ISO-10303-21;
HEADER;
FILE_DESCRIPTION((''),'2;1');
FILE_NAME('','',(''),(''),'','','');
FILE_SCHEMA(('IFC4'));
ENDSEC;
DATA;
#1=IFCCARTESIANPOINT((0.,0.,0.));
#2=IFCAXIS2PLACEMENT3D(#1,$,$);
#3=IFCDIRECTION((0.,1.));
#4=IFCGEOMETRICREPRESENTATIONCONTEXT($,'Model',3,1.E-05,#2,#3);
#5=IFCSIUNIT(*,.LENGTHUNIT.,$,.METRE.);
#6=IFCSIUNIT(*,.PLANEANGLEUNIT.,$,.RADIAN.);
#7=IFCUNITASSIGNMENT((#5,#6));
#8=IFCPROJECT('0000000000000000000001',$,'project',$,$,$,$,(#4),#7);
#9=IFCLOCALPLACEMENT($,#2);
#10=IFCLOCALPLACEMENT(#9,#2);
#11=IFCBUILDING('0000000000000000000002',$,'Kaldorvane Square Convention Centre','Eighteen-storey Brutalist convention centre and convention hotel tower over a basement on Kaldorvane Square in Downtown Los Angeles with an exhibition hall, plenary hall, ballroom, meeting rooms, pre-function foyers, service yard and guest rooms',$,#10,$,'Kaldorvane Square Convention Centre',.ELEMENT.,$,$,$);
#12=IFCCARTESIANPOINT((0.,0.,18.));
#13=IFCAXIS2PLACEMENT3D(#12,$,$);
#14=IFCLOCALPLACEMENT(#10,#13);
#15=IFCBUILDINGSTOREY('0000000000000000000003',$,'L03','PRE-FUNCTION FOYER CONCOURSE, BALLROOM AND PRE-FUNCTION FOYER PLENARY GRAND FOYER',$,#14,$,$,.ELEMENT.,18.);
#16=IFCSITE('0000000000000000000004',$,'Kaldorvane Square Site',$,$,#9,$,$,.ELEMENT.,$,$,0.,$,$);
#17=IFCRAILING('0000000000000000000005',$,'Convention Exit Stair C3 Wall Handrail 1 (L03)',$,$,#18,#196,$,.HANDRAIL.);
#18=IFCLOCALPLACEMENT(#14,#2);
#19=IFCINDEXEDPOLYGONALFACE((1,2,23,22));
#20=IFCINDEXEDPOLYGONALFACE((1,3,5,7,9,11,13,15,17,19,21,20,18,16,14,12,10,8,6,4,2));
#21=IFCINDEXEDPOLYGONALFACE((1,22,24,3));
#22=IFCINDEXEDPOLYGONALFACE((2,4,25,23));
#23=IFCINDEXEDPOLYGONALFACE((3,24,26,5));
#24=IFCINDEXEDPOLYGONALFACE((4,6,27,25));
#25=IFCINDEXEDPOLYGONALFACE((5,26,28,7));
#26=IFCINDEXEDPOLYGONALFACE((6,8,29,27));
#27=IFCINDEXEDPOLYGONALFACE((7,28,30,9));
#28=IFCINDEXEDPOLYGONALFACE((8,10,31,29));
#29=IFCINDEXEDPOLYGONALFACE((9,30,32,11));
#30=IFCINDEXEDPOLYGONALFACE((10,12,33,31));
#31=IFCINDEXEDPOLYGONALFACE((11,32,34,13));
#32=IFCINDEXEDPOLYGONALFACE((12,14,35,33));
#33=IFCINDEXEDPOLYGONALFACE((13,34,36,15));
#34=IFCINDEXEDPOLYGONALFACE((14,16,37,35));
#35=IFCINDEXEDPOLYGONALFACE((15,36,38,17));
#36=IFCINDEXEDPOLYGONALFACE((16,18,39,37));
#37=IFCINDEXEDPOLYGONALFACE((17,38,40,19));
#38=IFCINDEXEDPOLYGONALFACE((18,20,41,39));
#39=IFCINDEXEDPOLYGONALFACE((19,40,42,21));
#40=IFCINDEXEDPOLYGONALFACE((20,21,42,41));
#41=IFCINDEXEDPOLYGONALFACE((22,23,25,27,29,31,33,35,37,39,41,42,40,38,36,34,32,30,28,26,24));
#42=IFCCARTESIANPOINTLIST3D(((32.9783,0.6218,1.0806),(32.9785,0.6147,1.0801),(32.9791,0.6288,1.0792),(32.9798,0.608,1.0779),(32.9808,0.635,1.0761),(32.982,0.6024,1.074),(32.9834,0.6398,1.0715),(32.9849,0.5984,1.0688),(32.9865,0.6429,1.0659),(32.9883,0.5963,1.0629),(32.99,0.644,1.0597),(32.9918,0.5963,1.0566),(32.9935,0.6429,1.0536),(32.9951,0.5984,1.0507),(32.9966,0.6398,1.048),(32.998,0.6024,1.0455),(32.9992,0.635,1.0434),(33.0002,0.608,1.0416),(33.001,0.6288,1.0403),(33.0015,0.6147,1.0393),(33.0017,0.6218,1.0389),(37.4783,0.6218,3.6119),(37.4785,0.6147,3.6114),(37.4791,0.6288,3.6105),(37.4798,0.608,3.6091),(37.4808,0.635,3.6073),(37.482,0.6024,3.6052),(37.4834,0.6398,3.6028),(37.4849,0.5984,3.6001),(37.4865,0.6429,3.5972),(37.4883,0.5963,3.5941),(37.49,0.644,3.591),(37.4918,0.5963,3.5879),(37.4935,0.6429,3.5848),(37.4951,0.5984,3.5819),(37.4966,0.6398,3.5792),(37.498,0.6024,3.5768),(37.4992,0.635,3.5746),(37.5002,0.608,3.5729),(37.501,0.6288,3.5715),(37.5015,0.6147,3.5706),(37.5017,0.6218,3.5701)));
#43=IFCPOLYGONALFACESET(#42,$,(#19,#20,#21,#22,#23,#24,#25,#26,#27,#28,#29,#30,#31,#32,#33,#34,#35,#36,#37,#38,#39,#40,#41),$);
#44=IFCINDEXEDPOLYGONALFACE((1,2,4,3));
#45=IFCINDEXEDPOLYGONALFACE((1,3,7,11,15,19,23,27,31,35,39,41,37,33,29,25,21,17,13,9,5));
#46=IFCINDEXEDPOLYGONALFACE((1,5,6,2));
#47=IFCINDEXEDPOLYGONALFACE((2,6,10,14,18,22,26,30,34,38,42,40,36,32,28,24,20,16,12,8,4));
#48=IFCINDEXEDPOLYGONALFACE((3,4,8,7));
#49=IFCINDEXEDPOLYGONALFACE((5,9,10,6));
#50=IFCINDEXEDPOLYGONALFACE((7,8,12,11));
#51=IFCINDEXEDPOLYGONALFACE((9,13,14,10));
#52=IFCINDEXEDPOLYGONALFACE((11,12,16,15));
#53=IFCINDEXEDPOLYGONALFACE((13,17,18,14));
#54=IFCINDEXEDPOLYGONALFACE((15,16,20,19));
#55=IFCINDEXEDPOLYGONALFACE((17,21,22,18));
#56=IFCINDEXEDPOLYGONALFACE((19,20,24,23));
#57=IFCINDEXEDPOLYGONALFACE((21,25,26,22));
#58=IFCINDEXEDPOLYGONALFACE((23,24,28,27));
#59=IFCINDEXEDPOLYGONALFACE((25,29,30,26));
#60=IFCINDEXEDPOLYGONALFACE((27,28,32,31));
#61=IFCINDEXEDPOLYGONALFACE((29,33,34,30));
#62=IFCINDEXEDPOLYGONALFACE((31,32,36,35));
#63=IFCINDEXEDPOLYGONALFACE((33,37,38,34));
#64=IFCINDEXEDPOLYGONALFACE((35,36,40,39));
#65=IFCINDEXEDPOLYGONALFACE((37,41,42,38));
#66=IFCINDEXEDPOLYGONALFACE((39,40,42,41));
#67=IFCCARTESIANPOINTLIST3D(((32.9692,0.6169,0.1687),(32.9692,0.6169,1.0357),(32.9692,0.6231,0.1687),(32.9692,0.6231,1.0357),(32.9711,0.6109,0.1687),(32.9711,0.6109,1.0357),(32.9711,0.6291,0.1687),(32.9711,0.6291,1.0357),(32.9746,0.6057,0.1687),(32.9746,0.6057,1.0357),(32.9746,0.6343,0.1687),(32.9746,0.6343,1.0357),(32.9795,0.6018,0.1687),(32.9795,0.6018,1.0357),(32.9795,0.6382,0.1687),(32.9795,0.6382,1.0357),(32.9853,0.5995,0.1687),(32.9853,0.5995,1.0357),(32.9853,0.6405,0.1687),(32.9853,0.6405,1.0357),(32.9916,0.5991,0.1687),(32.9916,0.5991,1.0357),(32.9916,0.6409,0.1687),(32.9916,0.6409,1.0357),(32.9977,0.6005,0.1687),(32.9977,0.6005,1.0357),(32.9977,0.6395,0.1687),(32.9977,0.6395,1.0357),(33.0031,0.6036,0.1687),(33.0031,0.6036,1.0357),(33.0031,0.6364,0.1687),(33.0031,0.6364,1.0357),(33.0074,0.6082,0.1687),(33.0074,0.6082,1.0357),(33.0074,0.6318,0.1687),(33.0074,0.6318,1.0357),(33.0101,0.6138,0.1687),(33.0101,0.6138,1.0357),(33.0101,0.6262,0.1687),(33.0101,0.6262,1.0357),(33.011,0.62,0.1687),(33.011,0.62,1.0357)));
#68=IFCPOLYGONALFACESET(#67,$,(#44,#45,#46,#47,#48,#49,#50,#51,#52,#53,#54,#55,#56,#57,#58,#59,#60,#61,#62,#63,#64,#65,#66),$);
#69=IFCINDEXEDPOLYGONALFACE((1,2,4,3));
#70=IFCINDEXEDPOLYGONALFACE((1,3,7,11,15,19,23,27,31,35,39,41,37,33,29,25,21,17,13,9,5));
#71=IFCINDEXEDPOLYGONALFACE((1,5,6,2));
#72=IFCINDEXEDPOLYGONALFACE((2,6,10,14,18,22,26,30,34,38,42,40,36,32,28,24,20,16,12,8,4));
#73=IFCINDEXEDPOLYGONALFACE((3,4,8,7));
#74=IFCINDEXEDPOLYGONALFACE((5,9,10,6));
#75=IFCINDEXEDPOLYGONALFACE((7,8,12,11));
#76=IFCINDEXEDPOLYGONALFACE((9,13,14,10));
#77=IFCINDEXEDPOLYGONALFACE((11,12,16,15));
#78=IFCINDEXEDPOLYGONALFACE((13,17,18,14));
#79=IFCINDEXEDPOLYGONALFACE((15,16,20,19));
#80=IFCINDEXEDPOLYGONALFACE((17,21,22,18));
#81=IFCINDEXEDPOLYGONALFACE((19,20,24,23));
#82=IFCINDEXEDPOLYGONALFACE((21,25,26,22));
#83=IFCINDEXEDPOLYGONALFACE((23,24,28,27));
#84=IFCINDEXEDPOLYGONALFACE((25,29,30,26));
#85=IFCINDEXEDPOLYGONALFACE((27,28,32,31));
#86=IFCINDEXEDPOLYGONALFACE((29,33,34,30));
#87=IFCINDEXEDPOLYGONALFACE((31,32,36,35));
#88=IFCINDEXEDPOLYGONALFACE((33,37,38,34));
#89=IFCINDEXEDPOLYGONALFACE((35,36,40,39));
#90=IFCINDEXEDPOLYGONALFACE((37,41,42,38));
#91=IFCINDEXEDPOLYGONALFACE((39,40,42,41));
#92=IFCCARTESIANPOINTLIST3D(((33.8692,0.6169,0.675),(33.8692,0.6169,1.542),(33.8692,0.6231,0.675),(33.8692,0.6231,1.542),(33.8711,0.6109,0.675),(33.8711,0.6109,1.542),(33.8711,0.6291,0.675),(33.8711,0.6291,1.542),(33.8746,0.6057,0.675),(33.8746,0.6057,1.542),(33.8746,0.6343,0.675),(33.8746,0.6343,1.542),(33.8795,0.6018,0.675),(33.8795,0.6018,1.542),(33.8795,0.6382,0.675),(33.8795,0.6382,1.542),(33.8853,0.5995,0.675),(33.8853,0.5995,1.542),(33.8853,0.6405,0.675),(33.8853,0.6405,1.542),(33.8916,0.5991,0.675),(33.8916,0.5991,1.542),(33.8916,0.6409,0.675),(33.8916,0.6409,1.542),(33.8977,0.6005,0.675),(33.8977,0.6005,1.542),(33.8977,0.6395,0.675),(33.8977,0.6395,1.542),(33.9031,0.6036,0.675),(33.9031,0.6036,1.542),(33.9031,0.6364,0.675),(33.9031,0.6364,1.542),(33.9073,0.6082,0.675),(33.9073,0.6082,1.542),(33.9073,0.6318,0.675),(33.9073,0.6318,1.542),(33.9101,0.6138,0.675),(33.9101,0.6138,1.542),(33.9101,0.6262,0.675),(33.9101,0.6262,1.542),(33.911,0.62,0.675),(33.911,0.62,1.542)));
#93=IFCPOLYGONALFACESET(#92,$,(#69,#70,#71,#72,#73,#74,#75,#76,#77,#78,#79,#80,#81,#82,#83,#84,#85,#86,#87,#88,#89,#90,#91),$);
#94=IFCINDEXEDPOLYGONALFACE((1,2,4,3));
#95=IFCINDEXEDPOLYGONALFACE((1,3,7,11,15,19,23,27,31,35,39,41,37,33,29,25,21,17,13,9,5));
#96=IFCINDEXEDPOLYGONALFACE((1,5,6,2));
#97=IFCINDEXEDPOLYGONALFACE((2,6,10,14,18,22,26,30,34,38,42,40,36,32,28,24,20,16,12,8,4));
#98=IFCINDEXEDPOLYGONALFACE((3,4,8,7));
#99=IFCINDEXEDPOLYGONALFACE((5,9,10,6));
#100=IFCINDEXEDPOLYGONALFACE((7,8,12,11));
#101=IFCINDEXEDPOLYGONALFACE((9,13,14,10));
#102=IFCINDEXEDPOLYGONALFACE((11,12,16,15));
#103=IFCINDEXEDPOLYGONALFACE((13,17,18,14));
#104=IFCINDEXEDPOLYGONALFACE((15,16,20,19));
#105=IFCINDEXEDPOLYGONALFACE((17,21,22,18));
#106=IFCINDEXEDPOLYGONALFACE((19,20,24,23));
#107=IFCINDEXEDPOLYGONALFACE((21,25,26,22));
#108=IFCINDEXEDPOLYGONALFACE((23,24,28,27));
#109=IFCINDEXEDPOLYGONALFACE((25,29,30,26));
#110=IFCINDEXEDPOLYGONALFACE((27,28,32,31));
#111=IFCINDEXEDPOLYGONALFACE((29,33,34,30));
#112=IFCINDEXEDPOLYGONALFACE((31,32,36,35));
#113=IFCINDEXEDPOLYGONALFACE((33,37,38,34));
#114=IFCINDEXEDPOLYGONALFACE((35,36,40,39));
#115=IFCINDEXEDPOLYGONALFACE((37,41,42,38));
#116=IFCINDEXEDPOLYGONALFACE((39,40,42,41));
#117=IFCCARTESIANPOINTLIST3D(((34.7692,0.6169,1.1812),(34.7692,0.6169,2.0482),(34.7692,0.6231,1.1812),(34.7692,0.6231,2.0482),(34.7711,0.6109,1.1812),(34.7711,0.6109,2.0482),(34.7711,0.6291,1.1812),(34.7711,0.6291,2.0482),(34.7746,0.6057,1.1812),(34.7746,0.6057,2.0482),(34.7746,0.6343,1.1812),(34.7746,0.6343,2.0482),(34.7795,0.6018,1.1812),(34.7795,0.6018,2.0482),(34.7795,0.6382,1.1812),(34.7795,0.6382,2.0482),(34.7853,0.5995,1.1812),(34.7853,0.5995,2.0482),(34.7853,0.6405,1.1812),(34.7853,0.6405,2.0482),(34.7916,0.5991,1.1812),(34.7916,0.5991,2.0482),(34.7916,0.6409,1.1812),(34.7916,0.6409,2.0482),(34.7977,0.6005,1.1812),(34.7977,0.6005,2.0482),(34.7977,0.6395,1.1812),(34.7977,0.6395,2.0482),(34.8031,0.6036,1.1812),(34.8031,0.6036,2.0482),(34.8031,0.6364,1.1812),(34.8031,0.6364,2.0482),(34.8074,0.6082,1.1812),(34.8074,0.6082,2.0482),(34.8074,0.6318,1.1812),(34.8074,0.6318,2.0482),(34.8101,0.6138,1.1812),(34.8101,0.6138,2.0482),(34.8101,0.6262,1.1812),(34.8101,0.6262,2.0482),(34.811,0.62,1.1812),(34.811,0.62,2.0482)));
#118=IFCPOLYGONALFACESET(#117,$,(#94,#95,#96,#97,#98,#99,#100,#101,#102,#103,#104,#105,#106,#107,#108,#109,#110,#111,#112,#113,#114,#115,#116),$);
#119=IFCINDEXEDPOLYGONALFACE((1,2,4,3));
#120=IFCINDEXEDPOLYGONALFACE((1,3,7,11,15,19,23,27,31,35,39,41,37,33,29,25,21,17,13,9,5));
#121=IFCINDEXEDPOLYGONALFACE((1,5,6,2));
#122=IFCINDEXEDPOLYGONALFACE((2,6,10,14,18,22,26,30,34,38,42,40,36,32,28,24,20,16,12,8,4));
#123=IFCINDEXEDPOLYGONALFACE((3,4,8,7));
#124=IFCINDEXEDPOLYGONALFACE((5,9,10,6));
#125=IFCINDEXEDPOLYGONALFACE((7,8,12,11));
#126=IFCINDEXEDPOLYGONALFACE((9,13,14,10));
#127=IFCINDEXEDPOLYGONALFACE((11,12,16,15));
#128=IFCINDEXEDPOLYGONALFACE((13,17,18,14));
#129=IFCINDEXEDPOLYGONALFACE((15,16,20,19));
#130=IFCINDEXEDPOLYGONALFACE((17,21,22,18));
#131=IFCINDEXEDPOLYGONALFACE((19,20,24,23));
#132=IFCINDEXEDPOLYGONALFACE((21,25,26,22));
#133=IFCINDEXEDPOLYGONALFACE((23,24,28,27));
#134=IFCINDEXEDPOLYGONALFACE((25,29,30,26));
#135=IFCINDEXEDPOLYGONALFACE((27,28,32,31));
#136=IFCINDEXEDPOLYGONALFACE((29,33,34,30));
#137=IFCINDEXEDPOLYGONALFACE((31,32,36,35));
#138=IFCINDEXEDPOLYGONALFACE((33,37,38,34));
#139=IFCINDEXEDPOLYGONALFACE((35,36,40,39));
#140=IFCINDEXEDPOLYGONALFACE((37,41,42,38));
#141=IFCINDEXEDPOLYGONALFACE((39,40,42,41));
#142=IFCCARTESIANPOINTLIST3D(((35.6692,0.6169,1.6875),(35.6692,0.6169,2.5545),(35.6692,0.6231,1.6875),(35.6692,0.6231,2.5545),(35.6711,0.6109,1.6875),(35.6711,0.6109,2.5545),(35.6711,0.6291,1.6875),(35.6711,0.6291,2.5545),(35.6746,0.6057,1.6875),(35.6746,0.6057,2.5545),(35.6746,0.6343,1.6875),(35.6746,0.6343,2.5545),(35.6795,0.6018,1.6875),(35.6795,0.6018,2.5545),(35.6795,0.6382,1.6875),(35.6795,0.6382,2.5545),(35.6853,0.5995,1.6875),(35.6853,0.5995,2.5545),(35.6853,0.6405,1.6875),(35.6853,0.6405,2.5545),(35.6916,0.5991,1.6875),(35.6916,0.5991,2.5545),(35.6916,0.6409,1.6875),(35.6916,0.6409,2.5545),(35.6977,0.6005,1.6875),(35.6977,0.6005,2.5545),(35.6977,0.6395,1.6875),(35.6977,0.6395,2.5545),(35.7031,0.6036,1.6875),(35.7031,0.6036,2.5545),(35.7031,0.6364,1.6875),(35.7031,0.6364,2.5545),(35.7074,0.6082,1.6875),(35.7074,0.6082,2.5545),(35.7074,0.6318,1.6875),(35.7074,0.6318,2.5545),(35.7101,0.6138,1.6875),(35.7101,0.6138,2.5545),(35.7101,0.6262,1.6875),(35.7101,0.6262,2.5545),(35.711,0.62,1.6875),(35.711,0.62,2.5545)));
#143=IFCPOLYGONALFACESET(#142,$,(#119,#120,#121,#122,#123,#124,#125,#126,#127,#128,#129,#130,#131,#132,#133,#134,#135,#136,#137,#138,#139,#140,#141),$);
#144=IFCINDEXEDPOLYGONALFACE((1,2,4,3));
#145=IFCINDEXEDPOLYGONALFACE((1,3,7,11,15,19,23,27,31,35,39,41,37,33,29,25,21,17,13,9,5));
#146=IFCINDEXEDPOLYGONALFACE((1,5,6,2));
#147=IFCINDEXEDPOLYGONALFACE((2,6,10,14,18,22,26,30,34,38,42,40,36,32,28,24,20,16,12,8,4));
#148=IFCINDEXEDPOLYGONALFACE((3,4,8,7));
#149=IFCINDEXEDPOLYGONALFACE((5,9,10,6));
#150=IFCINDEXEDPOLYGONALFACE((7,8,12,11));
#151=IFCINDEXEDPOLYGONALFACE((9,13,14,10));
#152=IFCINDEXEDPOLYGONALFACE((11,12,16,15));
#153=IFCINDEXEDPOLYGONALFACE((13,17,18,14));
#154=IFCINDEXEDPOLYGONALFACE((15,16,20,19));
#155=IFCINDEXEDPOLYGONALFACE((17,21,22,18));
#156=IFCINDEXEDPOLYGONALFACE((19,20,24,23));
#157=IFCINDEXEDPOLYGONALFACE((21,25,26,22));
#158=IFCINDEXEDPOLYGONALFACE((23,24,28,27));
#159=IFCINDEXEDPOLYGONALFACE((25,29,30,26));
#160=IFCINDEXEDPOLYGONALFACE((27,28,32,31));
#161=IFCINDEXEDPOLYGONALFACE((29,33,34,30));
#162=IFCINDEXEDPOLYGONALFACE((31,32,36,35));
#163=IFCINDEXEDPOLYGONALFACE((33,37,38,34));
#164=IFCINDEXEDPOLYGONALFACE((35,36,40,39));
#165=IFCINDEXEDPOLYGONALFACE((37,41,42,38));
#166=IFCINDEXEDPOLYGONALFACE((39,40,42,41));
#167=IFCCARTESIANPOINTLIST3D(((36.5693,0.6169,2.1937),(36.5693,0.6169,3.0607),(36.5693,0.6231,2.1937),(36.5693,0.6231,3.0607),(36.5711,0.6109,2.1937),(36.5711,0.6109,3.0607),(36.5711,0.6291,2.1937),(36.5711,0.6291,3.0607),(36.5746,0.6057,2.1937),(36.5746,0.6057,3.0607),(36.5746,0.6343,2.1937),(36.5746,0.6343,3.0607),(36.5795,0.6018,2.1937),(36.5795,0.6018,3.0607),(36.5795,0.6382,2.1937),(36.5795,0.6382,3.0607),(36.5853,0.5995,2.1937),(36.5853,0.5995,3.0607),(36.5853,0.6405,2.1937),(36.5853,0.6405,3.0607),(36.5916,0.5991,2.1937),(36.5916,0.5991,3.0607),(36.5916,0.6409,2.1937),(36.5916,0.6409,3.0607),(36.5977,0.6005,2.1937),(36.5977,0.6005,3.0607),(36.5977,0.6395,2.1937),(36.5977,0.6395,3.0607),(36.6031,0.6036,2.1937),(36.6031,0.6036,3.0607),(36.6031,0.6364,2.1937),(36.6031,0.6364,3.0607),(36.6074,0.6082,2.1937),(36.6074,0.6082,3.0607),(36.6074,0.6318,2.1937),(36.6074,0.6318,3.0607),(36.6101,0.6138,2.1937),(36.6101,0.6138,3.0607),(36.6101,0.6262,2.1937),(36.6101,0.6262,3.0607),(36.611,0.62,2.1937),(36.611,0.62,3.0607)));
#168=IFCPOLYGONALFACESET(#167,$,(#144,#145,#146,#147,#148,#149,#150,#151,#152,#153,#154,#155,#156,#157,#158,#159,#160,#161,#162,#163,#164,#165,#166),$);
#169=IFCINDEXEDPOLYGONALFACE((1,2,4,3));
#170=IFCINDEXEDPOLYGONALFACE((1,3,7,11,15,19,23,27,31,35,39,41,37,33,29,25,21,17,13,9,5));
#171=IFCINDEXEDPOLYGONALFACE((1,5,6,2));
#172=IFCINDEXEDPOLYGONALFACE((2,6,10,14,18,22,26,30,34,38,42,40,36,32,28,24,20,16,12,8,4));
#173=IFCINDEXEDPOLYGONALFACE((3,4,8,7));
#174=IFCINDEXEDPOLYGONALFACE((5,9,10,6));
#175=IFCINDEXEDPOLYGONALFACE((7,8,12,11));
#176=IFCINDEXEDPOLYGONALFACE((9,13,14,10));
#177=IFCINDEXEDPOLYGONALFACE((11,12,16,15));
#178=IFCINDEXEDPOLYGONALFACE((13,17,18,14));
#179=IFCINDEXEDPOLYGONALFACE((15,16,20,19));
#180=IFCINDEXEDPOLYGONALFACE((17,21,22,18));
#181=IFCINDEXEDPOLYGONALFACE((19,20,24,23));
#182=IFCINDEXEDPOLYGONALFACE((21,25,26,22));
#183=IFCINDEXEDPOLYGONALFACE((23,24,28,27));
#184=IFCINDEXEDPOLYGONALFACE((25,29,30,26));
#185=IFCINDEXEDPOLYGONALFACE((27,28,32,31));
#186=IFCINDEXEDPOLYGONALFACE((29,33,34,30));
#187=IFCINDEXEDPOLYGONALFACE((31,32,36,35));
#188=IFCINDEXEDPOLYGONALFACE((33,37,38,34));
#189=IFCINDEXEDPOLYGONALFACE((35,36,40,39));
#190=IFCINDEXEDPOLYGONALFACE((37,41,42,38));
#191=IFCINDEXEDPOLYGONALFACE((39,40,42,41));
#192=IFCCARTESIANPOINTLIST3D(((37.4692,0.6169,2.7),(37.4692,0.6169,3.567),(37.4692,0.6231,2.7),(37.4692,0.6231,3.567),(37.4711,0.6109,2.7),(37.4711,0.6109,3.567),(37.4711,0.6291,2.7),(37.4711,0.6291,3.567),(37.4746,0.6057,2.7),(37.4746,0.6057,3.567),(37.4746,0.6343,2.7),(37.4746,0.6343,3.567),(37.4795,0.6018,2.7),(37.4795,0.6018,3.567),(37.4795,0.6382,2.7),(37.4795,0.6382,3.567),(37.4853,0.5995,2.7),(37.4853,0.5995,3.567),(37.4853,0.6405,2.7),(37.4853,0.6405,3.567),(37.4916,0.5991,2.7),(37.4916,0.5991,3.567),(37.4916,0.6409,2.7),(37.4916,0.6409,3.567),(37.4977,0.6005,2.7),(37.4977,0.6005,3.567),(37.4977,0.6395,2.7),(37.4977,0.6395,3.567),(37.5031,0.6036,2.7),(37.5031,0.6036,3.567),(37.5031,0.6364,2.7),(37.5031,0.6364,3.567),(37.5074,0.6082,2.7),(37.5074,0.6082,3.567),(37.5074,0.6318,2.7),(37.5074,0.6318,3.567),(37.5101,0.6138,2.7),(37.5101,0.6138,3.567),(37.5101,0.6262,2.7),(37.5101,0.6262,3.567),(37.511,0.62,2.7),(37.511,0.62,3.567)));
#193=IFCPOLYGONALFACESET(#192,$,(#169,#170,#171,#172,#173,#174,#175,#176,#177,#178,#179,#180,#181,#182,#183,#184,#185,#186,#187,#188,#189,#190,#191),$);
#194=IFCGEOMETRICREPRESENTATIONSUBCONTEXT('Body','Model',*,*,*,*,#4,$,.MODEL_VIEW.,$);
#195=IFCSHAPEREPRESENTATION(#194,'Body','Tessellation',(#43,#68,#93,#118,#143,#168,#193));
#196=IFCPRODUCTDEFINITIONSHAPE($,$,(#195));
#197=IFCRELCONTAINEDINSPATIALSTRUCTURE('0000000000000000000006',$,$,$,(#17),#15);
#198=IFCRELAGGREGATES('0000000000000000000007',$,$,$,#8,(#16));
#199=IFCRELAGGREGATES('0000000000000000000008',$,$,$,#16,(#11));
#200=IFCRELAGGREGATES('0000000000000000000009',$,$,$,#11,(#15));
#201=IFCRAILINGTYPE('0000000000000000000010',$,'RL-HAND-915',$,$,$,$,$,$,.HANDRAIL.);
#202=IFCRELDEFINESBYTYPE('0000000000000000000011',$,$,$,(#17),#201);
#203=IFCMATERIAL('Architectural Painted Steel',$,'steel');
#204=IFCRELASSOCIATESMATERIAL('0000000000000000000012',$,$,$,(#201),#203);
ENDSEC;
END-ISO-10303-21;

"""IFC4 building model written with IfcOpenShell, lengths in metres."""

from ifc_helpers import new_model, si_unit, direction, frame, origin, origin_2d, place, context, subcontext, project, spatial, circle, extrude, material, type_object, element, save


model = new_model("IFC4")

# Units and contexts
model_context = context("Model", 3, precision=1e-05, world=origin(), true_north=direction((0.0, 1.0)))
body_context = subcontext(model_context, "Body", "Model", "MODEL_VIEW")
ifc_project = project(units=[si_unit("LENGTHUNIT", "METRE"), si_unit("PLANEANGLEUNIT", "RADIAN")], contexts=[model_context])

# Site, building, storey
site_placement = place(None, origin())
site = spatial("IfcSite", under=ifc_project, at=site_placement, Name="Kaldorvane Square Site", CompositionType="ELEMENT", RefElevation=0.0)
building_placement = place(site_placement, origin())
building = spatial("IfcBuilding", under=site, at=building_placement, Name="Kaldorvane Square Convention Centre", Description="Eighteen-storey Brutalist convention centre and convention hotel tower over a basement on Kaldorvane Square in Downtown Los Angeles with an exhibition hall, plenary hall, ballroom, meeting rooms, pre-function foyers, service yard and guest rooms", LongName="Kaldorvane Square Convention Centre", CompositionType="ELEMENT")
storey_placement = place(building_placement, frame((0.0, 0.0, 18.0)))
storey = spatial("IfcBuildingStorey", under=building, at=storey_placement, Name="L03", Description="PRE-FUNCTION FOYER CONCOURSE, BALLROOM AND PRE-FUNCTION FOYER PLENARY GRAND FOYER", CompositionType="ELEMENT", Elevation=18.0)

# Railing
ifc_material_1 = material(Name="Architectural Painted Steel", Category="steel")
railing_type_1 = type_object("IfcRailingType", Name="RL-HAND-915", PredefinedType="HANDRAIL", material=ifc_material_1)
railing_1_placement = place(storey_placement, frame((32.99, 0.62, 0.1687)))
element("IfcRailing", 1, at=railing_1_placement, inside=storey, type_object=railing_type_1, Name="Convention Exit Stair C3 Wall Handrail 1 (L03)", PredefinedType="HANDRAIL", context=body_context, shape_type="SweptSolid", body=[
    extrude(circle(Radius=0.024, at=origin_2d()), frame((0.0, 0.0, 0.891), z_axis=(0.871576, 0.0, 0.490261), x_axis=(0.0, 1.0, 0.0)), (0.0, 0.0, 1.0), 5.1631),
    extrude(circle(Radius=0.021, at=origin_2d()), origin(), (0.0, 0.0, 1.0), 0.867),
    extrude(circle(Radius=0.021, at=origin_2d()), frame((0.9, 0.0, 0.5063)), (0.0, 0.0, 1.0), 0.867),
    extrude(circle(Radius=0.021, at=origin_2d()), frame((1.8, 0.0, 1.0125)), (0.0, 0.0, 1.0), 0.867),
    extrude(circle(Radius=0.021, at=origin_2d()), frame((2.7, 0.0, 1.5188)), (0.0, 0.0, 1.0), 0.867),
    extrude(circle(Radius=0.021, at=origin_2d()), frame((3.6, 0.0, 2.025)), (0.0, 0.0, 1.0), 0.867),
    extrude(circle(Radius=0.021, at=origin_2d()), frame((4.5, 0.0, 2.5312)), (0.0, 0.0, 1.0), 0.867),
])

save(model, "model.ifc")
